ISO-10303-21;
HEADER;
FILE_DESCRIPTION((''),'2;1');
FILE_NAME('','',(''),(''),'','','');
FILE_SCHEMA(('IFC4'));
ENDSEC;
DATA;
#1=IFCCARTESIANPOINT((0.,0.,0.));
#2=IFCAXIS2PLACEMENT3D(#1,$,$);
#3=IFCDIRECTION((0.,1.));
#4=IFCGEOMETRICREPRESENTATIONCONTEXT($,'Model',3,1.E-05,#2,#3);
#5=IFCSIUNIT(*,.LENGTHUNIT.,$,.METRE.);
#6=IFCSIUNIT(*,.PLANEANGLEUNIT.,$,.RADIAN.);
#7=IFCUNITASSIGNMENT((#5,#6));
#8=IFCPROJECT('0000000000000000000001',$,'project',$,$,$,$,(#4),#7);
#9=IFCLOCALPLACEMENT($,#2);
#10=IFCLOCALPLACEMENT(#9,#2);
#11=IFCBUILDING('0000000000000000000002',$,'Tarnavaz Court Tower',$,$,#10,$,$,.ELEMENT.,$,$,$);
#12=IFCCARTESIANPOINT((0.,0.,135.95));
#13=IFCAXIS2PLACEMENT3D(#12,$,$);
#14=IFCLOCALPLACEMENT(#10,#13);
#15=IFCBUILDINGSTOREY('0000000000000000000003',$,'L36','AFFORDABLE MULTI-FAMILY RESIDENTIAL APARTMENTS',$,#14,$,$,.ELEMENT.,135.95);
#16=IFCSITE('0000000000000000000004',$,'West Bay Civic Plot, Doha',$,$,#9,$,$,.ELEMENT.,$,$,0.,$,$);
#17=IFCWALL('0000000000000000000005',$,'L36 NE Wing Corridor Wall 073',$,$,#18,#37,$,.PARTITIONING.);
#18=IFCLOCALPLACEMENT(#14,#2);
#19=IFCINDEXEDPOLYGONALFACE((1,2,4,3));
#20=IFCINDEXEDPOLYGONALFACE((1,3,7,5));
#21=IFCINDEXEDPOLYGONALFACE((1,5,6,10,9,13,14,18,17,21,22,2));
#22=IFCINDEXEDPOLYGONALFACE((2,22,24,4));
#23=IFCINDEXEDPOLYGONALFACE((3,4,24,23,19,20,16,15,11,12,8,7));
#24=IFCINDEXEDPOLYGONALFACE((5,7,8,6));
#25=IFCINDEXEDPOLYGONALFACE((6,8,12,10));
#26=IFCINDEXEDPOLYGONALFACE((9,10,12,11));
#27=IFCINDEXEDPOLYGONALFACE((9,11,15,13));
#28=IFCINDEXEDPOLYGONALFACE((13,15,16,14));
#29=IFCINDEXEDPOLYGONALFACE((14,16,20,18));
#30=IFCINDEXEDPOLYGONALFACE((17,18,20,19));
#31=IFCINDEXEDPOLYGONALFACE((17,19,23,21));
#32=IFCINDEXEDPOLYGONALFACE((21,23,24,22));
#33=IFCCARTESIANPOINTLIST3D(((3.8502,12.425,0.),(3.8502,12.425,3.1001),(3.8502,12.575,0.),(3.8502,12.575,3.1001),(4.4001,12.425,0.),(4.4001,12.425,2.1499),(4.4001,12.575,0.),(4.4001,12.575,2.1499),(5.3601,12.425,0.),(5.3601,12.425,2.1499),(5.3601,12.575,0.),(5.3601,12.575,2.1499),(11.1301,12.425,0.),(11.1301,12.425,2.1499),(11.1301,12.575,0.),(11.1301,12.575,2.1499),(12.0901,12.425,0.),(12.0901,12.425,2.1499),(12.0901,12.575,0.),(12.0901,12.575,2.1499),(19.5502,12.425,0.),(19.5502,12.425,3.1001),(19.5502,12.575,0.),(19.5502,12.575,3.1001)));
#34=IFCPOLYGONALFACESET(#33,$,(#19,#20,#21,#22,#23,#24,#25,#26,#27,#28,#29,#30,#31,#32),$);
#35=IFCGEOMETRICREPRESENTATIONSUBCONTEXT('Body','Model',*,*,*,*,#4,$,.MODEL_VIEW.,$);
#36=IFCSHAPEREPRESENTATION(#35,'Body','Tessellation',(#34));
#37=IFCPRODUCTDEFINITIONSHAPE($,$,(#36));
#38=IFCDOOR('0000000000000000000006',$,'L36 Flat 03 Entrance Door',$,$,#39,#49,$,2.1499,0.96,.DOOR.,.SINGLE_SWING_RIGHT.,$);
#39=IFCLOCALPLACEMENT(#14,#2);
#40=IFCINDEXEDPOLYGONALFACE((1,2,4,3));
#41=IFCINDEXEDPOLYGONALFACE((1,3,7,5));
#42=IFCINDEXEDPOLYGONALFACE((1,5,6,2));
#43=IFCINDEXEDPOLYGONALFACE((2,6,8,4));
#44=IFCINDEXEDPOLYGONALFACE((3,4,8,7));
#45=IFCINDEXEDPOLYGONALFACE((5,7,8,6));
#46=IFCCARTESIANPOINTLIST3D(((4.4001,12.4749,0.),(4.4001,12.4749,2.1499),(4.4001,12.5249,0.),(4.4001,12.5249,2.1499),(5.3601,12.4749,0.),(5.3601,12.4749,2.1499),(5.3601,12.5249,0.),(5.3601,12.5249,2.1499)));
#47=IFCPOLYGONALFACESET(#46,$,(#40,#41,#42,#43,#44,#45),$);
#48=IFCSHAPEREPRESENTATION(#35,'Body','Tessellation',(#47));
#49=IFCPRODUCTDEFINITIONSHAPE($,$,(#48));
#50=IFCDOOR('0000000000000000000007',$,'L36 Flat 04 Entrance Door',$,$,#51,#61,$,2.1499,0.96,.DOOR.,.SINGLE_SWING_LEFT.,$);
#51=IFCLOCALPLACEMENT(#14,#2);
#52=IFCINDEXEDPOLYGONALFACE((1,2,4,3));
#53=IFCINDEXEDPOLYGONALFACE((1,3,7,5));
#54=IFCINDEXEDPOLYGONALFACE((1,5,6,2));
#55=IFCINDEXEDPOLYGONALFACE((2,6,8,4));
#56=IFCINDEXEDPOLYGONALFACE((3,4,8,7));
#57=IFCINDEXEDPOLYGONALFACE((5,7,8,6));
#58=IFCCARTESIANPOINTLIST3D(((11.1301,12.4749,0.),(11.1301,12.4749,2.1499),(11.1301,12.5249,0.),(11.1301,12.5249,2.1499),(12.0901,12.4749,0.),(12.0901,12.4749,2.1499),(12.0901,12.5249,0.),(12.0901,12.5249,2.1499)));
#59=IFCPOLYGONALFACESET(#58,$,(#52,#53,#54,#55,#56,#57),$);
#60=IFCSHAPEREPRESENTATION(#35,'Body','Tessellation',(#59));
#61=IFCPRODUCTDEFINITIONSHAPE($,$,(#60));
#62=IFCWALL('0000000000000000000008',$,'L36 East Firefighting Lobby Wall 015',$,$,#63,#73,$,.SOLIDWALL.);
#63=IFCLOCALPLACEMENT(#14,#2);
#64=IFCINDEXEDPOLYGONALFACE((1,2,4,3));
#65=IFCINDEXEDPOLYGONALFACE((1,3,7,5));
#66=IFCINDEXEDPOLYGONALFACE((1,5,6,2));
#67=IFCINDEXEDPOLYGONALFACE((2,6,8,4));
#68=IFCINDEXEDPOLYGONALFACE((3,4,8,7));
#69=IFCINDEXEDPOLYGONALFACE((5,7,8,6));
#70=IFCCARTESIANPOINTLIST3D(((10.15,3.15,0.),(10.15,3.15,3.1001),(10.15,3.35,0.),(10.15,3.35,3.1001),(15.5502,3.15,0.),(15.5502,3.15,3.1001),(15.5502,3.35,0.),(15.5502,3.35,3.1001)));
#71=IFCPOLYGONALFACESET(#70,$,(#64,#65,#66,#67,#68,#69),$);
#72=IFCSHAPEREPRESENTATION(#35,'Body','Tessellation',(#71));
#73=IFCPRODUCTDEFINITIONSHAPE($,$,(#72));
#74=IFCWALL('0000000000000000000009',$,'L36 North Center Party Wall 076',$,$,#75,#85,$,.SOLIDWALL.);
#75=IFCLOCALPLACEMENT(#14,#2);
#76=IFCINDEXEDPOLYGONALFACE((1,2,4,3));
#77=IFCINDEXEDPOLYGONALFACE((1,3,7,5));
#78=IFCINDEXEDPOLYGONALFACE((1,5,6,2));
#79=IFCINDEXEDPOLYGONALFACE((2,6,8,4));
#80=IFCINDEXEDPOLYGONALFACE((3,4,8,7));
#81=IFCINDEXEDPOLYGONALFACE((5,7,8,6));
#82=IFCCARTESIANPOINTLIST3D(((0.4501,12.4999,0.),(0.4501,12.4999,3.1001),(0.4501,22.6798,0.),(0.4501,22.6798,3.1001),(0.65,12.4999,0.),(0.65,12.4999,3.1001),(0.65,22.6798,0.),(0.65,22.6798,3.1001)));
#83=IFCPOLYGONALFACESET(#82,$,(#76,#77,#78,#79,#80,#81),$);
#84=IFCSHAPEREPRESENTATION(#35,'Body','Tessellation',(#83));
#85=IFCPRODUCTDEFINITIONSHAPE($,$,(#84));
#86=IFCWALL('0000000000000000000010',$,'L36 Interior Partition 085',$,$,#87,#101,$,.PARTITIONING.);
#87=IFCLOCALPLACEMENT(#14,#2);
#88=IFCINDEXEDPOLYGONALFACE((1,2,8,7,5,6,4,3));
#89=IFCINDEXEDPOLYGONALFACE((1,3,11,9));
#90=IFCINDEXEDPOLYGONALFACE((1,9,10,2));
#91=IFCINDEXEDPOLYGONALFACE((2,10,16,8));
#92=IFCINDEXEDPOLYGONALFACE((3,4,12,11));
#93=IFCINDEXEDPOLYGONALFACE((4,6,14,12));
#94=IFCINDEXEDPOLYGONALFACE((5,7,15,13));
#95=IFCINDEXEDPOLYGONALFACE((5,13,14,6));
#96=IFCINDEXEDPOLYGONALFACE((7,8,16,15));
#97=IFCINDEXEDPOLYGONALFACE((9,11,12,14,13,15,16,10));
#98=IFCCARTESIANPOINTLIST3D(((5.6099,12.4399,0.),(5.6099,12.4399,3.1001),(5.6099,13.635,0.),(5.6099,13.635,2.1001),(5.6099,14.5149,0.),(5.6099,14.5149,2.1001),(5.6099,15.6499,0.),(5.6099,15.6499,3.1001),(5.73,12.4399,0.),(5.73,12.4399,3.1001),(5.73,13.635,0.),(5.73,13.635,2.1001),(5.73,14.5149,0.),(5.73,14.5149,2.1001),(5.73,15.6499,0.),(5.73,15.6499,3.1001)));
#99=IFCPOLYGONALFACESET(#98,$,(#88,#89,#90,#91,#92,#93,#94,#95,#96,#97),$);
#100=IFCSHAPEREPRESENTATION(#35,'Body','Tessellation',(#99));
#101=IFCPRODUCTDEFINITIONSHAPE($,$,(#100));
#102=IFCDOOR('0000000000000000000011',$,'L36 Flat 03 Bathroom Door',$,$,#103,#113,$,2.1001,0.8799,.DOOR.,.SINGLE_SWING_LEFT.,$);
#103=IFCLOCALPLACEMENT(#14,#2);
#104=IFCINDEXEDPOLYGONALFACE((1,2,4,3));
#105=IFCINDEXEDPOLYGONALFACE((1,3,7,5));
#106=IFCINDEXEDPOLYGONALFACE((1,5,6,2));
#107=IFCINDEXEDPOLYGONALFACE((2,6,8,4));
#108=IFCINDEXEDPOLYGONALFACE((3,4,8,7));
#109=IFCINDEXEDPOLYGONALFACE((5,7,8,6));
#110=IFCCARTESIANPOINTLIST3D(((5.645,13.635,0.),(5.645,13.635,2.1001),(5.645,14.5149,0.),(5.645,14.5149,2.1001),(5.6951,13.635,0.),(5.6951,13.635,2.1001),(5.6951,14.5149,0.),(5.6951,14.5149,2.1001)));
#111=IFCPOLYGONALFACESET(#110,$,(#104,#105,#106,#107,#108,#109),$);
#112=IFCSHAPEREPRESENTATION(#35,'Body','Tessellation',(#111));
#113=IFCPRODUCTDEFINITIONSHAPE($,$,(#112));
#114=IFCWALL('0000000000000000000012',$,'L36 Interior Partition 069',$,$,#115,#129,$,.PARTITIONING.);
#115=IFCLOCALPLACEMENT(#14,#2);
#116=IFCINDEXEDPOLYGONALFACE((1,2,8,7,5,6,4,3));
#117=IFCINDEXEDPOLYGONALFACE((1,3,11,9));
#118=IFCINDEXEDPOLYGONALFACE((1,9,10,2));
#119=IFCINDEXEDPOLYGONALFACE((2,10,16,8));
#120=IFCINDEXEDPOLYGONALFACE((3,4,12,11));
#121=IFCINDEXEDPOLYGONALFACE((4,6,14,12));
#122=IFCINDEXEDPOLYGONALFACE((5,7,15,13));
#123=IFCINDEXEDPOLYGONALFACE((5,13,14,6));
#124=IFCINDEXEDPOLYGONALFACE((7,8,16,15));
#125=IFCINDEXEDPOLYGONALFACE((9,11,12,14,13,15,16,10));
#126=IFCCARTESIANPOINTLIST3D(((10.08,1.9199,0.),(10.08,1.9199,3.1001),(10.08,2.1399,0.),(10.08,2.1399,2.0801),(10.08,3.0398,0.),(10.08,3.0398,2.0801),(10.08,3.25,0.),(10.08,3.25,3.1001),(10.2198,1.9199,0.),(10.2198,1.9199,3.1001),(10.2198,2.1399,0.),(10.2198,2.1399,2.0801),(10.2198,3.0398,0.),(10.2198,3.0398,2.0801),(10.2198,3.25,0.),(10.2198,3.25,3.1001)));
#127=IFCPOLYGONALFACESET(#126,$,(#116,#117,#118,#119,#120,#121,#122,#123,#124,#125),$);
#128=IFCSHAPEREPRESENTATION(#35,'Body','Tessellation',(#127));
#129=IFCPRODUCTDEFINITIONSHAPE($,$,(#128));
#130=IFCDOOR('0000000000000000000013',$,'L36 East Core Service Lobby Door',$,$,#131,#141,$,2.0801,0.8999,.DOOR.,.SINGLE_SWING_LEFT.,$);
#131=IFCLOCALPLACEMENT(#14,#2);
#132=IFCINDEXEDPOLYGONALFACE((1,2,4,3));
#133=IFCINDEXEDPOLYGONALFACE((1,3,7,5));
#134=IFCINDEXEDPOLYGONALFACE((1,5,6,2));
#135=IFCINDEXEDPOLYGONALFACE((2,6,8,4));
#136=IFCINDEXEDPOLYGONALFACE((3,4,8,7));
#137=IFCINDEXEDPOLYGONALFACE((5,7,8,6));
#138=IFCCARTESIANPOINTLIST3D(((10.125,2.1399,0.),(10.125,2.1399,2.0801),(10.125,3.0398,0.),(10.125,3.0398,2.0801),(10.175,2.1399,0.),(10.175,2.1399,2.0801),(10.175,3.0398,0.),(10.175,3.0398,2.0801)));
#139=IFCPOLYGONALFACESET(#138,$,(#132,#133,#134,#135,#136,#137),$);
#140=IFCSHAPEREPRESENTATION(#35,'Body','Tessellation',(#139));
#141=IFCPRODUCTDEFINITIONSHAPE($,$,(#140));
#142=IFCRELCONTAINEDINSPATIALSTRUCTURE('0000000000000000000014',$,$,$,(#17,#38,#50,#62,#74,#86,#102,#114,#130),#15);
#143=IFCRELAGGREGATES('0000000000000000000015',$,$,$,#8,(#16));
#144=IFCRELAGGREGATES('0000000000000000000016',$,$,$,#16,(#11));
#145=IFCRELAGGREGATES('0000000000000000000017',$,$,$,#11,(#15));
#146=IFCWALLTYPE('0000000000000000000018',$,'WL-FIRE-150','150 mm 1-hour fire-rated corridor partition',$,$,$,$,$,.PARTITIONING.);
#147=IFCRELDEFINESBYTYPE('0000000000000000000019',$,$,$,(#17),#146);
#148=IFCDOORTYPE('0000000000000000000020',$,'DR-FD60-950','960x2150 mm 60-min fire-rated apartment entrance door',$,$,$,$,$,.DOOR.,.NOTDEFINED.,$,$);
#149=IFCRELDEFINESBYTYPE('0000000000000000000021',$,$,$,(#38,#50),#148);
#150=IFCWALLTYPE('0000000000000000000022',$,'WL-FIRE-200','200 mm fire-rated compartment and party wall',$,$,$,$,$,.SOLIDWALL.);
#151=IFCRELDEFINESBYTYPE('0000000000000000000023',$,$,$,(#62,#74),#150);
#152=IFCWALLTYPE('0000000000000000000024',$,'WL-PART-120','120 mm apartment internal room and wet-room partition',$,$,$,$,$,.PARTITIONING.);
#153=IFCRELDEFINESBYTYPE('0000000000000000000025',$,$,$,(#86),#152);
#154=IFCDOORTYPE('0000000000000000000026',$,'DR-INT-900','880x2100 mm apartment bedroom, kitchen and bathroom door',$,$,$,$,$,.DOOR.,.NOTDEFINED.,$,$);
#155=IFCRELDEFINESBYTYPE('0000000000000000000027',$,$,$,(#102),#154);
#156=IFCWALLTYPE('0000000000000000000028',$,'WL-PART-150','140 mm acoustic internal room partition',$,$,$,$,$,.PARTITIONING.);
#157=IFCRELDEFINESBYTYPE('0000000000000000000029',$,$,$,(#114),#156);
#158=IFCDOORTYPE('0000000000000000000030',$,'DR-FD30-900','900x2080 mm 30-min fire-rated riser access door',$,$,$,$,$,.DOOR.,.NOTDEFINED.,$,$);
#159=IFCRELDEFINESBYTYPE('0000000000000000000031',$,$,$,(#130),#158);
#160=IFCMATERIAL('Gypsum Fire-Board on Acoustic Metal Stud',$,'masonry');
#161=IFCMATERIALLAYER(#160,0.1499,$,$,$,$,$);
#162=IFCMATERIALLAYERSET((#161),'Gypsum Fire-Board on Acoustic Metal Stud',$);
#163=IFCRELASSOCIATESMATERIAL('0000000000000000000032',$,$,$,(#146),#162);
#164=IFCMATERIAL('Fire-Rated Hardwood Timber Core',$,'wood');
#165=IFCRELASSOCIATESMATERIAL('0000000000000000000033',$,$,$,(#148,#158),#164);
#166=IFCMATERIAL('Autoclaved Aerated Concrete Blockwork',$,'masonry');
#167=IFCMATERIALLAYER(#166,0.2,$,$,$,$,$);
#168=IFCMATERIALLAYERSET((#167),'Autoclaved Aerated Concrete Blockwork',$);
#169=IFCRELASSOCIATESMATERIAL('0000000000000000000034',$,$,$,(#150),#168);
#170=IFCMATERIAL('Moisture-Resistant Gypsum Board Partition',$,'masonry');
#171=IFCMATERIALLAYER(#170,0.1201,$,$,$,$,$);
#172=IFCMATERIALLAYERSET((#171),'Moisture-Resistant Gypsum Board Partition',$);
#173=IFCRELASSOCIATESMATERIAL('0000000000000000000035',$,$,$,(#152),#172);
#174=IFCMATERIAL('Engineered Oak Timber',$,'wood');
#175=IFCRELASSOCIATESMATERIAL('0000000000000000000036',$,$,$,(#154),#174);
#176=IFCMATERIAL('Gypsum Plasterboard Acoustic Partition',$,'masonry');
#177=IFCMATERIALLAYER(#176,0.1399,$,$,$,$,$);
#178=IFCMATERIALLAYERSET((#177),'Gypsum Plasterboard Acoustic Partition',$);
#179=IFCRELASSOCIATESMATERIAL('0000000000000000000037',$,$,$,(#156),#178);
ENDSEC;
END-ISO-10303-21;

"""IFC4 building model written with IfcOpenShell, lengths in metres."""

from ifc_helpers import new_model, si_unit, direction, frame, frame_2d, origin, place, context, subcontext, project, spatial, rectangle, extrude, material, layer, layer_set, type_object, element, fill, save


model = new_model("IFC4")

# Units and contexts
model_context = context("Model", 3, precision=1e-05, world=origin(), true_north=direction((0.0, 1.0)))
body_context = subcontext(model_context, "Body", "Model", "MODEL_VIEW")
ifc_project = project(units=[si_unit("LENGTHUNIT", "METRE"), si_unit("PLANEANGLEUNIT", "RADIAN")], contexts=[model_context])

# Site, building, storey
site_placement = place(None, origin())
site = spatial("IfcSite", under=ifc_project, at=site_placement, Name="West Bay Civic Plot, Doha", CompositionType="ELEMENT", RefElevation=0.0)
building_placement = place(site_placement, origin())
building = spatial("IfcBuilding", under=site, at=building_placement, Name="Tarnavaz Court Tower", CompositionType="ELEMENT")
storey_placement = place(building_placement, frame((0.0, 0.0, 135.95)))
storey = spatial("IfcBuildingStorey", under=building, at=storey_placement, Name="L36", Description="AFFORDABLE MULTI-FAMILY RESIDENTIAL APARTMENTS", CompositionType="ELEMENT", Elevation=135.95)

# Shared definitions
ifc_material_1 = material(Name="Fire-Rated Hardwood Timber Core", Category="wood")

# Wall, openings, doors
ifc_material_2 = material(Name="Gypsum Fire-Board on Acoustic Metal Stud", Category="masonry")
ifc_layer_1 = layer(ifc_material_2, 0.1499)
ifc_layer_set_1 = layer_set([ifc_layer_1], Name="Gypsum Fire-Board on Acoustic Metal Stud")
wall_type_1 = type_object("IfcWallType", Name="WL-FIRE-150", Description="150 mm 1-hour fire-rated corridor partition", PredefinedType="PARTITIONING", material=ifc_layer_set_1)
wall_1_placement = place(storey_placement, frame((3.8501, 12.5, 0.0), z_axis=(0.0, 0.0, 1.0), x_axis=(1.0, 0.0, 0.0)))
wall_1 = element("IfcWall", 1, at=wall_1_placement, inside=storey, type_object=wall_type_1, Name="L36 NE Wing Corridor Wall 073", PredefinedType="PARTITIONING", context=body_context, shape_type="SweptSolid", body=[
    extrude(rectangle(XDim=15.7, YDim=0.1499, at=frame_2d((7.8501, 0.0))), origin(), (0.0, 0.0, 1.0), 3.1001),
])
opening_1_placement = place(wall_1_placement, frame((0.55, 0.0, 0.0)))
opening_1 = element("IfcOpeningElement", 2, at=opening_1_placement, cuts=wall_1, PredefinedType="OPENING", context=body_context, shape_type="SweptSolid", body=[
    extrude(rectangle(XDim=0.96, YDim=2.1499, at=frame_2d((0.48, 1.075))), frame((0.0, 0.085, 0.0), z_axis=(0.0, -1.0, 0.0), x_axis=(1.0, 0.0, 0.0)), (0.0, 0.0, 1.0), 0.1699),
])
opening_2_placement = place(wall_1_placement, frame((7.28, 0.0, 0.0)))
opening_2 = element("IfcOpeningElement", 3, at=opening_2_placement, cuts=wall_1, PredefinedType="OPENING", context=body_context, shape_type="SweptSolid", body=[
    extrude(rectangle(XDim=0.96, YDim=2.1499, at=frame_2d((0.48, 1.075))), frame((0.0, 0.085, 0.0), z_axis=(0.0, -1.0, 0.0), x_axis=(1.0, 0.0, 0.0)), (0.0, 0.0, 1.0), 0.1699),
])
door_type_1 = type_object("IfcDoorType", Name="DR-FD60-950", Description="960x2150 mm 60-min fire-rated apartment entrance door", OperationType="NOTDEFINED", PredefinedType="DOOR", material=ifc_material_1)
door_1_placement = place(opening_1_placement, origin())
door_1 = element("IfcDoor", 4, at=door_1_placement, inside=storey, type_object=door_type_1, Name="L36 Flat 03 Entrance Door", OperationType="SINGLE_SWING_RIGHT", OverallHeight=2.1499, OverallWidth=0.96, PredefinedType="DOOR", context=body_context, shape_type="SweptSolid", body=[
    extrude(rectangle(XDim=0.96, YDim=2.1499, at=frame_2d((0.48, 1.075))), frame((0.0, 0.0249, 0.0), z_axis=(0.0, -1.0, 0.0), x_axis=(1.0, 0.0, 0.0)), (0.0, 0.0, 1.0), 0.05),
])
fill(opening_1, door_1)
door_2_placement = place(opening_2_placement, origin())
door_2 = element("IfcDoor", 5, at=door_2_placement, inside=storey, type_object=door_type_1, Name="L36 Flat 04 Entrance Door", OperationType="SINGLE_SWING_LEFT", OverallHeight=2.1499, OverallWidth=0.96, PredefinedType="DOOR", context=body_context, shape_type="SweptSolid", body=[
    extrude(rectangle(XDim=0.96, YDim=2.1499, at=frame_2d((0.48, 1.075))), frame((0.0, 0.0249, 0.0), z_axis=(0.0, -1.0, 0.0), x_axis=(1.0, 0.0, 0.0)), (0.0, 0.0, 1.0), 0.05),
])
fill(opening_2, door_2)

# Wall
ifc_material_3 = material(Name="Autoclaved Aerated Concrete Blockwork", Category="masonry")
ifc_layer_2 = layer(ifc_material_3, 0.2)
ifc_layer_set_2 = layer_set([ifc_layer_2], Name="Autoclaved Aerated Concrete Blockwork")
wall_type_2 = type_object("IfcWallType", Name="WL-FIRE-200", Description="200 mm fire-rated compartment and party wall", PredefinedType="SOLIDWALL", material=ifc_layer_set_2)
wall_2_placement = place(storey_placement, frame((10.1499, 3.25, 0.0), z_axis=(0.0, 0.0, 1.0), x_axis=(1.0, 0.0, 0.0)))
element("IfcWall", 6, at=wall_2_placement, inside=storey, type_object=wall_type_2, Name="L36 East Firefighting Lobby Wall 015", PredefinedType="SOLIDWALL", context=body_context, shape_type="SweptSolid", body=[
    extrude(rectangle(XDim=5.4001, YDim=0.2, at=frame_2d((2.7002, 0.0))), origin(), (0.0, 0.0, 1.0), 3.1001),
])

# Wall
wall_3_placement = place(storey_placement, frame((0.55, 12.5, 0.0), z_axis=(0.0, 0.0, 1.0), x_axis=(0.0, 1.0, 0.0)))
element("IfcWall", 7, at=wall_3_placement, inside=storey, type_object=wall_type_2, Name="L36 North Center Party Wall 076", PredefinedType="SOLIDWALL", context=body_context, shape_type="SweptSolid", body=[
    extrude(rectangle(XDim=10.1799, YDim=0.2, at=frame_2d((5.0898, 0.0))), origin(), (0.0, 0.0, 1.0), 3.1001),
])

# Walls, openings, doors
ifc_material_4 = material(Name="Moisture-Resistant Gypsum Board Partition", Category="masonry")
ifc_layer_3 = layer(ifc_material_4, 0.1201)
ifc_layer_set_3 = layer_set([ifc_layer_3], Name="Moisture-Resistant Gypsum Board Partition")
wall_type_3 = type_object("IfcWallType", Name="WL-PART-120", Description="120 mm apartment internal room and wet-room partition", PredefinedType="PARTITIONING", material=ifc_layer_set_3)
wall_4_placement = place(storey_placement, frame((5.6699, 12.4399, 0.0), z_axis=(0.0, 0.0, 1.0), x_axis=(0.0, 1.0, 0.0)))
wall_4 = element("IfcWall", 8, at=wall_4_placement, inside=storey, type_object=wall_type_3, Name="L36 Interior Partition 085", PredefinedType="PARTITIONING", context=body_context, shape_type="SweptSolid", body=[
    extrude(rectangle(XDim=3.21, YDim=0.1201, at=frame_2d((1.605, 0.0))), origin(), (0.0, 0.0, 1.0), 3.1001),
])
opening_3_placement = place(wall_4_placement, frame((1.1951, 0.0, 0.0)))
opening_3 = element("IfcOpeningElement", 9, at=opening_3_placement, cuts=wall_4, PredefinedType="OPENING", context=body_context, shape_type="SweptSolid", body=[
    extrude(rectangle(XDim=0.8799, YDim=2.1001, at=frame_2d((0.4399, 1.05))), frame((0.0, 0.0701, 0.0), z_axis=(0.0, -1.0, 0.0), x_axis=(1.0, 0.0, 0.0)), (0.0, 0.0, 1.0), 0.1401),
])
ifc_material_5 = material(Name="Engineered Oak Timber", Category="wood")
door_type_2 = type_object("IfcDoorType", Name="DR-INT-900", Description="880x2100 mm apartment bedroom, kitchen and bathroom door", OperationType="NOTDEFINED", PredefinedType="DOOR", material=ifc_material_5)
door_3_placement = place(opening_3_placement, origin())
door_3 = element("IfcDoor", 10, at=door_3_placement, inside=storey, type_object=door_type_2, Name="L36 Flat 03 Bathroom Door", OperationType="SINGLE_SWING_LEFT", OverallHeight=2.1001, OverallWidth=0.8799, PredefinedType="DOOR", context=body_context, shape_type="SweptSolid", body=[
    extrude(rectangle(XDim=0.8799, YDim=2.1001, at=frame_2d((0.4399, 1.05))), frame((0.0, 0.0249, 0.0), z_axis=(0.0, -1.0, 0.0), x_axis=(1.0, 0.0, 0.0)), (0.0, 0.0, 1.0), 0.05),
])
fill(opening_3, door_3)
ifc_material_6 = material(Name="Gypsum Plasterboard Acoustic Partition", Category="masonry")
ifc_layer_4 = layer(ifc_material_6, 0.1399)
ifc_layer_set_4 = layer_set([ifc_layer_4], Name="Gypsum Plasterboard Acoustic Partition")
wall_type_4 = type_object("IfcWallType", Name="WL-PART-150", Description="140 mm acoustic internal room partition", PredefinedType="PARTITIONING", material=ifc_layer_set_4)
wall_5_placement = place(storey_placement, frame((10.1499, 1.9199, 0.0), z_axis=(0.0, 0.0, 1.0), x_axis=(0.0, 1.0, 0.0)))
wall_5 = element("IfcWall", 11, at=wall_5_placement, inside=storey, type_object=wall_type_4, Name="L36 Interior Partition 069", PredefinedType="PARTITIONING", context=body_context, shape_type="SweptSolid", body=[
    extrude(rectangle(XDim=1.3301, YDim=0.1399, at=frame_2d((0.665, 0.0))), origin(), (0.0, 0.0, 1.0), 3.1001),
])
opening_4_placement = place(wall_5_placement, frame((0.22, 0.0, 0.0)))
opening_4 = element("IfcOpeningElement", 12, at=opening_4_placement, cuts=wall_5, PredefinedType="OPENING", context=body_context, shape_type="SweptSolid", body=[
    extrude(rectangle(XDim=0.8999, YDim=2.0801, at=frame_2d((0.45, 1.04))), frame((0.0, 0.0798, 0.0), z_axis=(0.0, -1.0, 0.0), x_axis=(1.0, 0.0, 0.0)), (0.0, 0.0, 1.0), 0.1599),
])
door_type_3 = type_object("IfcDoorType", Name="DR-FD30-900", Description="900x2080 mm 30-min fire-rated riser access door", OperationType="NOTDEFINED", PredefinedType="DOOR", material=ifc_material_1)
door_4_placement = place(opening_4_placement, origin())
door_4 = element("IfcDoor", 13, at=door_4_placement, inside=storey, type_object=door_type_3, Name="L36 East Core Service Lobby Door", OperationType="SINGLE_SWING_LEFT", OverallHeight=2.0801, OverallWidth=0.8999, PredefinedType="DOOR", context=body_context, shape_type="SweptSolid", body=[
    extrude(rectangle(XDim=0.8999, YDim=2.0801, at=frame_2d((0.45, 1.04))), frame((0.0, 0.0249, 0.0), z_axis=(0.0, -1.0, 0.0), x_axis=(1.0, 0.0, 0.0)), (0.0, 0.0, 1.0), 0.05),
])
fill(opening_4, door_4)

save(model, "model.ifc")
